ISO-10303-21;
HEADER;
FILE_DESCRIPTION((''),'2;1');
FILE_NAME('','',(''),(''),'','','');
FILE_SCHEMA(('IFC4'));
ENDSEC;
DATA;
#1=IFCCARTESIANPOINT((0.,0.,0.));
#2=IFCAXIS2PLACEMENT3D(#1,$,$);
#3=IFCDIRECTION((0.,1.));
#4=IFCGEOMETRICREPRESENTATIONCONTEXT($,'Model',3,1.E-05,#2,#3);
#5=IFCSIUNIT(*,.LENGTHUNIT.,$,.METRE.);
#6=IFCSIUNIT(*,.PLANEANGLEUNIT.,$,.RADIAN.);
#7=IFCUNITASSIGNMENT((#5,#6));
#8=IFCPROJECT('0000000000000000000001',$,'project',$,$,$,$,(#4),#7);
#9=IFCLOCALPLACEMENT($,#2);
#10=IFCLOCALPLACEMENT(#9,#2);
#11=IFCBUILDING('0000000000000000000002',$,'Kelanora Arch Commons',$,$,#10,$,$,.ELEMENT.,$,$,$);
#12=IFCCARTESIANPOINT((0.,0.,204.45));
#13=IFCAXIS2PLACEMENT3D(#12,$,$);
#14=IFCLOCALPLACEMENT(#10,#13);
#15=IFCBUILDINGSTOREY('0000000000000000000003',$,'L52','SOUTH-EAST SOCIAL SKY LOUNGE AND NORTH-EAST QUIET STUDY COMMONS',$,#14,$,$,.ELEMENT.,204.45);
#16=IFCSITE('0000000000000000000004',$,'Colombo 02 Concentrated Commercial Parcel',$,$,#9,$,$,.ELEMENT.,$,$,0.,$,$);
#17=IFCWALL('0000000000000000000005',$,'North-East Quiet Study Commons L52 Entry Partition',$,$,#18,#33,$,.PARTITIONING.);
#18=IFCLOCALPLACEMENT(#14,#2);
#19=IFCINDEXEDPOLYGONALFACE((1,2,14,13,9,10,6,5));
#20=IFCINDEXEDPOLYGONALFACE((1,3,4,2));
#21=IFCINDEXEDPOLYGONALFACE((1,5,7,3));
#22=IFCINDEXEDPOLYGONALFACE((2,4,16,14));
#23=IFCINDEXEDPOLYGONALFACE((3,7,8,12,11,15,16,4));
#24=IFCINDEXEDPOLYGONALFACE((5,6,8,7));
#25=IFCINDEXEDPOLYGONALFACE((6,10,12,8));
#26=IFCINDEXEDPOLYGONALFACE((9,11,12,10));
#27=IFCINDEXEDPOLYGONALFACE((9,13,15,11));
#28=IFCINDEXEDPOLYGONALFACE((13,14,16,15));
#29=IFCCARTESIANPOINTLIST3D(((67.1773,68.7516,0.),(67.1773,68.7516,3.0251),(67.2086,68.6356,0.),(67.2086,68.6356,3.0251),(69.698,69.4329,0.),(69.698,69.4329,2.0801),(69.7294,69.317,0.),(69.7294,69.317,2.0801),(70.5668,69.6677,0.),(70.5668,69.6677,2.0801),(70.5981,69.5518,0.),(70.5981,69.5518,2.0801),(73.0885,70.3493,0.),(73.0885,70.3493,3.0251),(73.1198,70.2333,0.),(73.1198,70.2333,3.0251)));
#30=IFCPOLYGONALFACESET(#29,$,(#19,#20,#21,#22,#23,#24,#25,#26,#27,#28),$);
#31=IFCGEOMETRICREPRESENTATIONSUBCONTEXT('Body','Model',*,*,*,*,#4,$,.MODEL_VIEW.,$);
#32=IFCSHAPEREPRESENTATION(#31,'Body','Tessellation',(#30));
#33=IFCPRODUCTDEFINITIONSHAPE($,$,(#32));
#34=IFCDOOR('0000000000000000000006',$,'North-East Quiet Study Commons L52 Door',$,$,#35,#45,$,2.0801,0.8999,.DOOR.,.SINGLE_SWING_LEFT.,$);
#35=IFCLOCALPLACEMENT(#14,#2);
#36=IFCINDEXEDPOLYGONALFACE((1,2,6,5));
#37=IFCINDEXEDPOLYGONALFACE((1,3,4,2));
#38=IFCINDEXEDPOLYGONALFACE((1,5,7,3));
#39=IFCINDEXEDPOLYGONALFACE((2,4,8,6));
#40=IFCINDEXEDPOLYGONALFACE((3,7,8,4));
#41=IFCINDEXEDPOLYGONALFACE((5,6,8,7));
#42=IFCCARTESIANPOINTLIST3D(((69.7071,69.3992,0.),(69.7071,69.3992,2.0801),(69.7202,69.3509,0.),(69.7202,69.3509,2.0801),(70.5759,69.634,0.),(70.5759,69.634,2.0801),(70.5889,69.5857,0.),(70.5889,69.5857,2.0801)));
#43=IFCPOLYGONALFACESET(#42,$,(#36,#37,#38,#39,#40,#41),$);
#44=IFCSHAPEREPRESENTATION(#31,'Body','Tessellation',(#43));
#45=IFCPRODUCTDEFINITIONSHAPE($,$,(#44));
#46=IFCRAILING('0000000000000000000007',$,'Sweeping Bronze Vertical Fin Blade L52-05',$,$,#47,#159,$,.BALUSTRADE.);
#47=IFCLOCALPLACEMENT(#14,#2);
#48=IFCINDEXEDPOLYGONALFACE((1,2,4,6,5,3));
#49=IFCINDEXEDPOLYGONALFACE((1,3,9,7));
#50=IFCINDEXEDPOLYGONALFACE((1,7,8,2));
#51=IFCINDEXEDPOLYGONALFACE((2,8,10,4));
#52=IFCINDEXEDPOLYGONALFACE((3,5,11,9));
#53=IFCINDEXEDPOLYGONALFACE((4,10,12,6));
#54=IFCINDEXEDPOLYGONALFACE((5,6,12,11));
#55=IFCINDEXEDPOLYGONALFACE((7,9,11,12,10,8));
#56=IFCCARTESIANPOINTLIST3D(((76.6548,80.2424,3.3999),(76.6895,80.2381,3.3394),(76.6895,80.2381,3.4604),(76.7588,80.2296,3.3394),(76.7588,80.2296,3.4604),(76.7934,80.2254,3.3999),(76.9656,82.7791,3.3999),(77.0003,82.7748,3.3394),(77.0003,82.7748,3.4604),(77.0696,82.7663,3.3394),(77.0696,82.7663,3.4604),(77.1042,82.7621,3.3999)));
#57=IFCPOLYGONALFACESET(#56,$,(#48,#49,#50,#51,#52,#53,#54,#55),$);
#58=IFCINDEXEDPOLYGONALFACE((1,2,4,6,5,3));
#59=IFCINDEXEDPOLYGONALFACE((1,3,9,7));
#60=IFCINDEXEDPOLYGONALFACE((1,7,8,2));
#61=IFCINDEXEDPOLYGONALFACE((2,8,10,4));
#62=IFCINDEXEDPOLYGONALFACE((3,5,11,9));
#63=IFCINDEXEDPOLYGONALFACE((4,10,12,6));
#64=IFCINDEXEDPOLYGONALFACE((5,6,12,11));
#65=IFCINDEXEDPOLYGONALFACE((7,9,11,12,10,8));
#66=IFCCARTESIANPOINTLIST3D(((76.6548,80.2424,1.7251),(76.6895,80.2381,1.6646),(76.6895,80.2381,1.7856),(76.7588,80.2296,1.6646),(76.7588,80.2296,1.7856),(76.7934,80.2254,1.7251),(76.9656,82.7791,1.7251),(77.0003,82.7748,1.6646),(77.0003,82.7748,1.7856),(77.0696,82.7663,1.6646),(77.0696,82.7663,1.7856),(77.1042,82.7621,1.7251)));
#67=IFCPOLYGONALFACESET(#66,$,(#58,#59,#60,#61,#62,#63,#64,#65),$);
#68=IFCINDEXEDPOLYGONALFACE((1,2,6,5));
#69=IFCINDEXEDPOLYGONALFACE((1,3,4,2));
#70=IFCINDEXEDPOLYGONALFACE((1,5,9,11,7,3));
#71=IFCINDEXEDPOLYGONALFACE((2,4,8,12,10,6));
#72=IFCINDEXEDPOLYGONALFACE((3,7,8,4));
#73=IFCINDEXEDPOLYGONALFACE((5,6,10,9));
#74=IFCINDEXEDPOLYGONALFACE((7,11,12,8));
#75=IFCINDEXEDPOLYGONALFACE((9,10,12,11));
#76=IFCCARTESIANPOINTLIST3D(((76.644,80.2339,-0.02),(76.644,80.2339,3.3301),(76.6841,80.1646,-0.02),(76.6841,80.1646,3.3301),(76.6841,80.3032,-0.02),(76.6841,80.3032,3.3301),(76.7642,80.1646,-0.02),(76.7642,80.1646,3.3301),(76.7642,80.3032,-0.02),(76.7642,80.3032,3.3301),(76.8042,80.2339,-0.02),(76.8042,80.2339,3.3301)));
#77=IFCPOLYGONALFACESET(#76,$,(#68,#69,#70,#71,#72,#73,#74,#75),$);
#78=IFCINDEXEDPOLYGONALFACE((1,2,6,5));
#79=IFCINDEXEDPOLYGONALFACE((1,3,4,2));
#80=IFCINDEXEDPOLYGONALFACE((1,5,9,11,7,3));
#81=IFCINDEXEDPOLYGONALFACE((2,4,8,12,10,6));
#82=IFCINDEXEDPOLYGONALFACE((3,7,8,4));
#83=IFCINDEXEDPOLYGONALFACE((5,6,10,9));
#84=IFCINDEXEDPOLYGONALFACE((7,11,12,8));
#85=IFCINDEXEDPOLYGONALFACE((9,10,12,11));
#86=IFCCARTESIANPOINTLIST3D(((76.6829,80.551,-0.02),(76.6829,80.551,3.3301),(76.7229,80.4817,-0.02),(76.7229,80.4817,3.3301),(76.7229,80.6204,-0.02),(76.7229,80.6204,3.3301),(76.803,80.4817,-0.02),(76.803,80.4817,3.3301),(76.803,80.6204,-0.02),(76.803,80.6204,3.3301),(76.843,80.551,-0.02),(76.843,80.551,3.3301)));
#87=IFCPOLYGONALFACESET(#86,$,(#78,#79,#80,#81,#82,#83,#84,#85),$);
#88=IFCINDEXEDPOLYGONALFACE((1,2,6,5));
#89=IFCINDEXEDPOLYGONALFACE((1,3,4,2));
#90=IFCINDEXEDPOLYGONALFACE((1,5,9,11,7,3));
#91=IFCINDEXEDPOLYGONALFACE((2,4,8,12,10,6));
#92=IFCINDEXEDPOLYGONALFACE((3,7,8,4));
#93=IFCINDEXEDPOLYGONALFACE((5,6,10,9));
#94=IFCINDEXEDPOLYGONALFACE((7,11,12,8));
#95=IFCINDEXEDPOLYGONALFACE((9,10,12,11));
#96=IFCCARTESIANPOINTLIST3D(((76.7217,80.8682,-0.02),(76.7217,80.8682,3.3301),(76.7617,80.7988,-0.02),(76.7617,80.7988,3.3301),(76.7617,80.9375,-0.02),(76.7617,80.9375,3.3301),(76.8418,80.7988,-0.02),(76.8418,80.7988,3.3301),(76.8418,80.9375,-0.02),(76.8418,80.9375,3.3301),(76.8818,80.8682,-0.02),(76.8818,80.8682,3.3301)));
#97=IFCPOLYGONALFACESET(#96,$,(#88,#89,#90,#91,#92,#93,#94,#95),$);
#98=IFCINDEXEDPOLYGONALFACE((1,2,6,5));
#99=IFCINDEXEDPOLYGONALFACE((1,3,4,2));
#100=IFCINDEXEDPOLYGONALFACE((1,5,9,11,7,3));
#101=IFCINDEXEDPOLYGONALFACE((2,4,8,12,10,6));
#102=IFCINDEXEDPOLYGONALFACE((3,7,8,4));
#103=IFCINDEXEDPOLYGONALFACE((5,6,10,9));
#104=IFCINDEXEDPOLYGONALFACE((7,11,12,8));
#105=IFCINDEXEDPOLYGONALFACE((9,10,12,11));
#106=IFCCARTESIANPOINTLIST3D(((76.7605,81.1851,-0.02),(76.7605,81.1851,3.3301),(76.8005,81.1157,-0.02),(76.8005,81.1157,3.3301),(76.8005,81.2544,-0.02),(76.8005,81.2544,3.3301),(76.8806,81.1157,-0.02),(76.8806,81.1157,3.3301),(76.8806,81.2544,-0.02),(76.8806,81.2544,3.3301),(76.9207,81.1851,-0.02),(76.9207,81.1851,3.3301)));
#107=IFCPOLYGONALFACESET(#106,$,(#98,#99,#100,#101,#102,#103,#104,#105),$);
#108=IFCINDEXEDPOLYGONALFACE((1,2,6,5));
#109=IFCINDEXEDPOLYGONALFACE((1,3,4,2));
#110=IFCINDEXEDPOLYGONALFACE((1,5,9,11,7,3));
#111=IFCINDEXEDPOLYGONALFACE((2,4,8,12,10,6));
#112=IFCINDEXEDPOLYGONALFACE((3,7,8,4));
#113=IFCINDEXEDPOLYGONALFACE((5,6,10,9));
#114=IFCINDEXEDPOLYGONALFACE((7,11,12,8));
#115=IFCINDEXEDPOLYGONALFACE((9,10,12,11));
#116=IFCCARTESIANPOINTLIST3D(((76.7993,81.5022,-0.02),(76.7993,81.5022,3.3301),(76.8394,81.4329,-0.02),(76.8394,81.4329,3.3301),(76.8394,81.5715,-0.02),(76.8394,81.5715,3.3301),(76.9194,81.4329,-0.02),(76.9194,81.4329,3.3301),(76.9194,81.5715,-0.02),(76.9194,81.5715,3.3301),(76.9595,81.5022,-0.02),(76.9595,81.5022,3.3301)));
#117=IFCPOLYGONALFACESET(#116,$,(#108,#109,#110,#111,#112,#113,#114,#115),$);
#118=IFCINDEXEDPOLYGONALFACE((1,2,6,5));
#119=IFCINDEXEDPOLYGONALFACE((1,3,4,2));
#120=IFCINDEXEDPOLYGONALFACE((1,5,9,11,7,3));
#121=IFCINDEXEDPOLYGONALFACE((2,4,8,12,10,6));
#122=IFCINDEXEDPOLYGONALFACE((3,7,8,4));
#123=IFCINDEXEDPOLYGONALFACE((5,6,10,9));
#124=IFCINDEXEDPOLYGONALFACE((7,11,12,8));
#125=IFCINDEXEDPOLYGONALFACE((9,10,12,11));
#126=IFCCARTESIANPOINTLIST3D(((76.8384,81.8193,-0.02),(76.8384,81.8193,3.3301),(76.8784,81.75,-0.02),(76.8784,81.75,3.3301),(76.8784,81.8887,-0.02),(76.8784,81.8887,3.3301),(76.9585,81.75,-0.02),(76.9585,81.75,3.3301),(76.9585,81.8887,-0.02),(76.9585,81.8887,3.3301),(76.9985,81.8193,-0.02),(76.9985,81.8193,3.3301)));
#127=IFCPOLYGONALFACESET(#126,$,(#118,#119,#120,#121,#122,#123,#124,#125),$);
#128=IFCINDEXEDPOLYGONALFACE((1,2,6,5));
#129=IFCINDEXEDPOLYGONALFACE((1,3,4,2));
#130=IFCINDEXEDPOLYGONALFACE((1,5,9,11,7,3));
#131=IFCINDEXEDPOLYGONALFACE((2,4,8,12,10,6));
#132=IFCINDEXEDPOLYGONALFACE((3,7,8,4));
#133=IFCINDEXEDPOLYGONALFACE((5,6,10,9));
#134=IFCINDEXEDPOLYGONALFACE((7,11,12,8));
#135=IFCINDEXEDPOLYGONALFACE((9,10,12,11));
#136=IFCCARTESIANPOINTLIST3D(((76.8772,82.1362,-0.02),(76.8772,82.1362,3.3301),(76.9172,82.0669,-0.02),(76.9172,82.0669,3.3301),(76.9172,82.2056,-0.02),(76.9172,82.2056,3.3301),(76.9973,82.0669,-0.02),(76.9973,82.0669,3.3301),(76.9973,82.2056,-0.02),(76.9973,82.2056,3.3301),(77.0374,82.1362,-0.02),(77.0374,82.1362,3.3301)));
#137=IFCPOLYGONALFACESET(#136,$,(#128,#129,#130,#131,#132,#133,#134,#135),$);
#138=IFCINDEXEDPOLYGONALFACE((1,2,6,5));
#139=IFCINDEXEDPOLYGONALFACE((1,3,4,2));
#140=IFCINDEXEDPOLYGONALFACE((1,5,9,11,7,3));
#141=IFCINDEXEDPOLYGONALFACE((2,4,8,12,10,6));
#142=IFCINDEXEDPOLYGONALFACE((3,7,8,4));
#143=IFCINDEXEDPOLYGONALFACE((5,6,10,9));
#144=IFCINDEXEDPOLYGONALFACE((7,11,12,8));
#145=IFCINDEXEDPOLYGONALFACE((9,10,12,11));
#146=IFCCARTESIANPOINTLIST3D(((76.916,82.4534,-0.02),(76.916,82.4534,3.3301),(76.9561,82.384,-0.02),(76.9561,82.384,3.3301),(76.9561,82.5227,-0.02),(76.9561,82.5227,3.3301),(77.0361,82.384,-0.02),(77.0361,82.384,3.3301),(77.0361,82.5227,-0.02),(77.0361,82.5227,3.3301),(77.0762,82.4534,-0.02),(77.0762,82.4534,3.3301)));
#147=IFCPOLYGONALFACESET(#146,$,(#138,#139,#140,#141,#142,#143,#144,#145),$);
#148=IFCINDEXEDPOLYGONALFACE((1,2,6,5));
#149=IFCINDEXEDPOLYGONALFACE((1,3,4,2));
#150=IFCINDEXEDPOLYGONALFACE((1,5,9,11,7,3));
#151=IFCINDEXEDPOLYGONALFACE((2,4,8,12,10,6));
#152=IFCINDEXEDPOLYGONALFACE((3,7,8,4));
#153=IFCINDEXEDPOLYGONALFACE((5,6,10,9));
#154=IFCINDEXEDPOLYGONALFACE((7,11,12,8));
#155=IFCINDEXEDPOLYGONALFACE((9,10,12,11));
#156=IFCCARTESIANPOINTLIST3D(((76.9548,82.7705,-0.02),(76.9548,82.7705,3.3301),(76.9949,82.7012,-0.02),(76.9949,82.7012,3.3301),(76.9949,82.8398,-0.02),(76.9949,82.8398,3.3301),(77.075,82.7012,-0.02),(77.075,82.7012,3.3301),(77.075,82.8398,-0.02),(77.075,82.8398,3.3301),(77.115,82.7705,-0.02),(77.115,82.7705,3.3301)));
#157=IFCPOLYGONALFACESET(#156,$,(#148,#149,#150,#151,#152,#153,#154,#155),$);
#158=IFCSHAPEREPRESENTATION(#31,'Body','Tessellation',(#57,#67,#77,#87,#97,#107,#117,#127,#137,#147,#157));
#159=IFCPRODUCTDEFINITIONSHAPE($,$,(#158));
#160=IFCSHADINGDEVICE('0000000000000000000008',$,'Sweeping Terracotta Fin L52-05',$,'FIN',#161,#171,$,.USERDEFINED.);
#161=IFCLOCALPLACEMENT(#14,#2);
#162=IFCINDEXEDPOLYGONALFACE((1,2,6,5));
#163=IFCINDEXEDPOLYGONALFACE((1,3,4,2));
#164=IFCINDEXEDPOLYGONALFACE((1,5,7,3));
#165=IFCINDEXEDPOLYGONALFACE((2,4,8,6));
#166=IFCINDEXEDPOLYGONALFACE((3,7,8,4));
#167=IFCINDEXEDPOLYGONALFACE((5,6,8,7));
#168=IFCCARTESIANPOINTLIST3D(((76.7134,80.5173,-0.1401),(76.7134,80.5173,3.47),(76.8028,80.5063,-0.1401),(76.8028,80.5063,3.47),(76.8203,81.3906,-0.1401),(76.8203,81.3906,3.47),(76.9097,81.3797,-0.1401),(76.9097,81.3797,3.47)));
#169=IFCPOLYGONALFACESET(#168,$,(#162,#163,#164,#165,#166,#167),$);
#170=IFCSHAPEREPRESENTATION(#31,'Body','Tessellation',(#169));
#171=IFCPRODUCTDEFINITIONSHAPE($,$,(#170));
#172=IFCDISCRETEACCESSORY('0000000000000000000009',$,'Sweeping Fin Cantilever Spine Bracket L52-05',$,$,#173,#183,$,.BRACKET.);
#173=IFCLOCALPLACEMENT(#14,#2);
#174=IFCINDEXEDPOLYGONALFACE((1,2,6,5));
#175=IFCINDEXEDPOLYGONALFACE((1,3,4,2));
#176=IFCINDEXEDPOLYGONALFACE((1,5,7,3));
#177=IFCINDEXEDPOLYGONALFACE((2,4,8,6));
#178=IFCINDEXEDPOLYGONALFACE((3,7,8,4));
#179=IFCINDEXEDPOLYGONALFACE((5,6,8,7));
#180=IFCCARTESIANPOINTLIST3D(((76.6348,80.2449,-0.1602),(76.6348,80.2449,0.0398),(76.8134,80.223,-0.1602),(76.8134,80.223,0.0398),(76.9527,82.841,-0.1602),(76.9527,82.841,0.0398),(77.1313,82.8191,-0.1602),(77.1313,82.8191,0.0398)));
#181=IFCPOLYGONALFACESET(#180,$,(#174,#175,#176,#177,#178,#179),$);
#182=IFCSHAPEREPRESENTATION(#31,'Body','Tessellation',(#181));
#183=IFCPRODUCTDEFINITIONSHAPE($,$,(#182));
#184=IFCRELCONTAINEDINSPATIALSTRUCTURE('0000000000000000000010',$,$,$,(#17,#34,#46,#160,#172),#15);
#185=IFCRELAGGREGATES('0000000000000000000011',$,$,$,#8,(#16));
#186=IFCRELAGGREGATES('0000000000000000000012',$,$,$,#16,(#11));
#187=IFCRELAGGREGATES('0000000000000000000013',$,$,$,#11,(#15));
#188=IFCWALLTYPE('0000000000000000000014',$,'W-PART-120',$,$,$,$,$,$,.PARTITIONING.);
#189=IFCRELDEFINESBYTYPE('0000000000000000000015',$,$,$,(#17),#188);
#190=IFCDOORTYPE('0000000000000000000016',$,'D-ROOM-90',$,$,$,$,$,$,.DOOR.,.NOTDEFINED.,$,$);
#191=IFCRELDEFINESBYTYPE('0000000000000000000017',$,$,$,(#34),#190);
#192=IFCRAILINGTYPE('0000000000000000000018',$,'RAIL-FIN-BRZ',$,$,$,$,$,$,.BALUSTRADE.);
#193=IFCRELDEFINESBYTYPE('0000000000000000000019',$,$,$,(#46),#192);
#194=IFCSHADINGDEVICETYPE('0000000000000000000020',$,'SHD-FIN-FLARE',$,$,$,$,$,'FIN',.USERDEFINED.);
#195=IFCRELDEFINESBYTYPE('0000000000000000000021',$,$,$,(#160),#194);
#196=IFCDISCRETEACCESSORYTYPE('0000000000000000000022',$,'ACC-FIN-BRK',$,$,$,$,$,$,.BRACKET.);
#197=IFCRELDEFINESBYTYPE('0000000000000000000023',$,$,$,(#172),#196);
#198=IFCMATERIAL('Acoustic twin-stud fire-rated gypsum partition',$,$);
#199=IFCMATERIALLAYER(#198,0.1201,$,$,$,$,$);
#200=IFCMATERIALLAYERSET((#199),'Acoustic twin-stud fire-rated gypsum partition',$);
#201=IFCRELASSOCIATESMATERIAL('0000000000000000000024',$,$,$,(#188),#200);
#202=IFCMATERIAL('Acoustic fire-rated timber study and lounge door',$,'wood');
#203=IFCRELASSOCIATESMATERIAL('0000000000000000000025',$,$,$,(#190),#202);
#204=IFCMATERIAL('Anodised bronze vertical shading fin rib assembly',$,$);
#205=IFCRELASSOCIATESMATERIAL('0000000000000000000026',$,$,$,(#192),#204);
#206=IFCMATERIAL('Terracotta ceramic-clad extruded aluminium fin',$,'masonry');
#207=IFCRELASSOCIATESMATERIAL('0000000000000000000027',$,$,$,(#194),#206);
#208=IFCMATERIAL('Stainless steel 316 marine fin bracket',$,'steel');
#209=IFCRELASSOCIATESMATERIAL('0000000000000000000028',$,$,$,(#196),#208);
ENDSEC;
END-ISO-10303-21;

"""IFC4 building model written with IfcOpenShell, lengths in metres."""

from ifc_helpers import new_model, si_unit, direction, frame, frame_2d, origin, origin_2d, place, context, subcontext, project, spatial, polyline, rectangle, outline, extrude, source, transform, mapped, material, layer, layer_set, type_object, element, fill, save


model = new_model("IFC4")

# Units and contexts
model_context = context("Model", 3, precision=1e-05, world=origin(), true_north=direction((0.0, 1.0)))
body_context = subcontext(model_context, "Body", "Model", "MODEL_VIEW")
ifc_project = project(units=[si_unit("LENGTHUNIT", "METRE"), si_unit("PLANEANGLEUNIT", "RADIAN")], contexts=[model_context])

# Site, building, storey
site_placement = place(None, origin())
site = spatial("IfcSite", under=ifc_project, at=site_placement, Name="Colombo 02 Concentrated Commercial Parcel", CompositionType="ELEMENT", RefElevation=0.0)
building_placement = place(site_placement, origin())
building = spatial("IfcBuilding", under=site, at=building_placement, Name="Kelanora Arch Commons", CompositionType="ELEMENT")
storey_placement = place(building_placement, frame((0.0, 0.0, 204.45)))
storey = spatial("IfcBuildingStorey", under=building, at=storey_placement, Name="L52", Description="SOUTH-EAST SOCIAL SKY LOUNGE AND NORTH-EAST QUIET STUDY COMMONS", CompositionType="ELEMENT", Elevation=204.45)

# Wall, opening, door
ifc_material_1 = material(Name="Acoustic twin-stud fire-rated gypsum partition")
ifc_layer_1 = layer(ifc_material_1, 0.1201)
ifc_layer_set_1 = layer_set([ifc_layer_1], Name="Acoustic twin-stud fire-rated gypsum partition")
wall_type_1 = type_object("IfcWallType", Name="W-PART-120", PredefinedType="PARTITIONING", material=ifc_layer_set_1)
wall_1_placement = place(storey_placement, frame((73.104, 70.2913, 0.0), z_axis=(0.0, 0.0, 1.0), x_axis=(-0.965361, -0.260917, 0.0)))
wall_1 = element("IfcWall", 1, at=wall_1_placement, inside=storey, type_object=wall_type_1, Name="North-East Quiet Study Commons L52 Entry Partition", PredefinedType="PARTITIONING", context=body_context, shape_type="SweptSolid", body=[
    extrude(rectangle(XDim=6.1233, YDim=0.1201, at=frame_2d((3.0615, 0.0))), origin(), (0.0, 0.0, 1.0), 3.0251),
])
opening_1_placement = place(wall_1_placement, frame((2.6121, 0.0, 0.0)))
opening_1 = element("IfcOpeningElement", 2, at=opening_1_placement, cuts=wall_1, PredefinedType="OPENING", context=body_context, shape_type="SweptSolid", body=[
    extrude(rectangle(XDim=0.8999, YDim=2.0801, at=frame_2d((0.45, 1.04))), frame((0.0, 0.0701, 0.0), z_axis=(0.0, -1.0, 0.0), x_axis=(1.0, 0.0, 0.0)), (0.0, 0.0, 1.0), 0.1401),
])
ifc_material_2 = material(Name="Acoustic fire-rated timber study and lounge door", Category="wood")
door_type = type_object("IfcDoorType", Name="D-ROOM-90", OperationType="NOTDEFINED", PredefinedType="DOOR", material=ifc_material_2)
door_placement = place(opening_1_placement, origin())
door = element("IfcDoor", 3, at=door_placement, inside=storey, type_object=door_type, Name="North-East Quiet Study Commons L52 Door", OperationType="SINGLE_SWING_LEFT", OverallHeight=2.0801, OverallWidth=0.8999, PredefinedType="DOOR", context=body_context, shape_type="SweptSolid", body=[
    extrude(rectangle(XDim=0.8999, YDim=2.0801, at=frame_2d((0.45, 1.04))), frame((0.0, 0.0249, 0.0), z_axis=(0.0, -1.0, 0.0), x_axis=(1.0, 0.0, 0.0)), (0.0, 0.0, 1.0), 0.05),
])
fill(opening_1, door)

# Railing
ifc_material_3 = material(Name="Anodised bronze vertical shading fin rib assembly")
railing_type = type_object("IfcRailingType", Name="RAIL-FIN-BRZ", PredefinedType="BALUSTRADE", material=ifc_material_3)
railing_placement = place(storey_placement, frame((76.7241, 80.2339, -0.02)))
element("IfcRailing", 4, at=railing_placement, inside=storey, type_object=railing_type, Name="Sweeping Bronze Vertical Fin Blade L52-05", PredefinedType="BALUSTRADE", context=body_context, shape_type="SweptSolid", body=[
    extrude(outline(polyline([(0.0698, 0.0), (0.0349, 0.0605), (-0.0349, 0.0605), (-0.0698, 0.0), (-0.0349, -0.0605), (0.0349, -0.0605), (0.0698, 0.0)])), frame((0.0, 0.0, 3.4199), z_axis=(0.121612, 0.992578, 0.0), x_axis=(-0.992578, 0.121612, 0.0)), (0.0, 0.0, 1.0), 2.5557),
    extrude(outline(polyline([(0.0698, 0.0), (0.0349, 0.0605), (-0.0349, 0.0605), (-0.0698, 0.0), (-0.0349, -0.0605), (0.0349, -0.0605), (0.0698, 0.0)])), frame((0.0, 0.0, 1.7451), z_axis=(0.121612, 0.992578, 0.0), x_axis=(-0.992578, 0.121612, 0.0)), (0.0, 0.0, 1.0), 2.5557),
    extrude(outline(polyline([(0.0801, 0.0), (0.04, 0.0693), (-0.04, 0.0693), (-0.0801, 0.0), (-0.04, -0.0693), (0.04, -0.0693), (0.0801, 0.0)])), origin(), (0.0, 0.0, 1.0), 3.3501),
    extrude(outline(polyline([(0.0801, 0.0), (0.04, 0.0693), (-0.04, 0.0693), (-0.0801, 0.0), (-0.04, -0.0693), (0.04, -0.0693), (0.0801, 0.0)])), frame((0.0388, 0.3171, 0.0)), (0.0, 0.0, 1.0), 3.3501),
    extrude(outline(polyline([(0.0801, 0.0), (0.04, 0.0693), (-0.04, 0.0693), (-0.0801, 0.0), (-0.04, -0.0693), (0.04, -0.0693), (0.0801, 0.0)])), frame((0.0776, 0.6343, 0.0)), (0.0, 0.0, 1.0), 3.3501),
    extrude(outline(polyline([(0.0801, 0.0), (0.04, 0.0693), (-0.04, 0.0693), (-0.0801, 0.0), (-0.04, -0.0693), (0.04, -0.0693), (0.0801, 0.0)])), frame((0.1165, 0.9512, 0.0)), (0.0, 0.0, 1.0), 3.3501),
    extrude(outline(polyline([(0.0801, 0.0), (0.04, 0.0693), (-0.04, 0.0693), (-0.0801, 0.0), (-0.04, -0.0693), (0.04, -0.0693), (0.0801, 0.0)])), frame((0.1553, 1.2683, 0.0)), (0.0, 0.0, 1.0), 3.3501),
    extrude(outline(polyline([(0.0801, 0.0), (0.04, 0.0693), (-0.04, 0.0693), (-0.0801, 0.0), (-0.04, -0.0693), (0.04, -0.0693), (0.0801, 0.0)])), frame((0.1943, 1.5854, 0.0)), (0.0, 0.0, 1.0), 3.3501),
    extrude(outline(polyline([(0.0801, 0.0), (0.04, 0.0693), (-0.04, 0.0693), (-0.0801, 0.0), (-0.04, -0.0693), (0.04, -0.0693), (0.0801, 0.0)])), frame((0.2332, 1.9023, 0.0)), (0.0, 0.0, 1.0), 3.3501),
    extrude(outline(polyline([(0.0801, 0.0), (0.04, 0.0693), (-0.04, 0.0693), (-0.0801, 0.0), (-0.04, -0.0693), (0.04, -0.0693), (0.0801, 0.0)])), frame((0.272, 2.2195, 0.0)), (0.0, 0.0, 1.0), 3.3501),
    extrude(outline(polyline([(0.0801, 0.0), (0.04, 0.0693), (-0.04, 0.0693), (-0.0801, 0.0), (-0.04, -0.0693), (0.04, -0.0693), (0.0801, 0.0)])), frame((0.3108, 2.5366, 0.0)), (0.0, 0.0, 1.0), 3.3501),
])

# Shading device
ifc_material_4 = material(Name="Terracotta ceramic-clad extruded aluminium fin", Category="masonry")
shading_device_type = type_object("IfcShadingDeviceType", Name="SHD-FIN-FLARE", ElementType="FIN", PredefinedType="USERDEFINED", material=ifc_material_4)
shared_shape_1 = source(origin(), body_context, "Body", "SweptSolid", [
    extrude(rectangle(XDim=0.8799, YDim=0.0901, at=origin_2d()), origin(), (0.0, 0.0, 1.0), 3.6101),
])
shading_device_placement = place(storey_placement, frame((76.8115, 80.9485, -0.1401), z_axis=(0.0, 0.0, 1.0), x_axis=(0.121523, 0.992589, 0.0)))
element("IfcShadingDevice", 5, at=shading_device_placement, inside=storey, type_object=shading_device_type, Name="Sweeping Terracotta Fin L52-05", ObjectType="FIN", PredefinedType="USERDEFINED", context=body_context, shape_type="MappedRepresentation", body=[
    mapped(shared_shape_1, transform((0.0, 0.0, 0.0), scale=1.0)),
])

# Discrete accessory
ifc_material_5 = material(Name="Stainless steel 316 marine fin bracket", Category="steel")
discrete_accessory_type = type_object("IfcDiscreteAccessoryType", Name="ACC-FIN-BRK", PredefinedType="BRACKET", material=ifc_material_5)
shared_shape_2 = source(origin(), body_context, "Body", "SweptSolid", [
    extrude(rectangle(XDim=2.6155, YDim=0.1799, at=origin_2d()), origin(), (0.0, 0.0, 1.0), 0.2),
])
discrete_accessory_placement = place(storey_placement, frame((76.8831, 81.532, -0.1602), z_axis=(0.0, 0.0, 1.0), x_axis=(0.121523, 0.992589, 0.0)))
element("IfcDiscreteAccessory", 6, at=discrete_accessory_placement, inside=storey, type_object=discrete_accessory_type, Name="Sweeping Fin Cantilever Spine Bracket L52-05", PredefinedType="BRACKET", context=body_context, shape_type="MappedRepresentation", body=[
    mapped(shared_shape_2, transform((0.0, 0.0, 0.0), scale=1.0)),
])

save(model, "model.ifc")
